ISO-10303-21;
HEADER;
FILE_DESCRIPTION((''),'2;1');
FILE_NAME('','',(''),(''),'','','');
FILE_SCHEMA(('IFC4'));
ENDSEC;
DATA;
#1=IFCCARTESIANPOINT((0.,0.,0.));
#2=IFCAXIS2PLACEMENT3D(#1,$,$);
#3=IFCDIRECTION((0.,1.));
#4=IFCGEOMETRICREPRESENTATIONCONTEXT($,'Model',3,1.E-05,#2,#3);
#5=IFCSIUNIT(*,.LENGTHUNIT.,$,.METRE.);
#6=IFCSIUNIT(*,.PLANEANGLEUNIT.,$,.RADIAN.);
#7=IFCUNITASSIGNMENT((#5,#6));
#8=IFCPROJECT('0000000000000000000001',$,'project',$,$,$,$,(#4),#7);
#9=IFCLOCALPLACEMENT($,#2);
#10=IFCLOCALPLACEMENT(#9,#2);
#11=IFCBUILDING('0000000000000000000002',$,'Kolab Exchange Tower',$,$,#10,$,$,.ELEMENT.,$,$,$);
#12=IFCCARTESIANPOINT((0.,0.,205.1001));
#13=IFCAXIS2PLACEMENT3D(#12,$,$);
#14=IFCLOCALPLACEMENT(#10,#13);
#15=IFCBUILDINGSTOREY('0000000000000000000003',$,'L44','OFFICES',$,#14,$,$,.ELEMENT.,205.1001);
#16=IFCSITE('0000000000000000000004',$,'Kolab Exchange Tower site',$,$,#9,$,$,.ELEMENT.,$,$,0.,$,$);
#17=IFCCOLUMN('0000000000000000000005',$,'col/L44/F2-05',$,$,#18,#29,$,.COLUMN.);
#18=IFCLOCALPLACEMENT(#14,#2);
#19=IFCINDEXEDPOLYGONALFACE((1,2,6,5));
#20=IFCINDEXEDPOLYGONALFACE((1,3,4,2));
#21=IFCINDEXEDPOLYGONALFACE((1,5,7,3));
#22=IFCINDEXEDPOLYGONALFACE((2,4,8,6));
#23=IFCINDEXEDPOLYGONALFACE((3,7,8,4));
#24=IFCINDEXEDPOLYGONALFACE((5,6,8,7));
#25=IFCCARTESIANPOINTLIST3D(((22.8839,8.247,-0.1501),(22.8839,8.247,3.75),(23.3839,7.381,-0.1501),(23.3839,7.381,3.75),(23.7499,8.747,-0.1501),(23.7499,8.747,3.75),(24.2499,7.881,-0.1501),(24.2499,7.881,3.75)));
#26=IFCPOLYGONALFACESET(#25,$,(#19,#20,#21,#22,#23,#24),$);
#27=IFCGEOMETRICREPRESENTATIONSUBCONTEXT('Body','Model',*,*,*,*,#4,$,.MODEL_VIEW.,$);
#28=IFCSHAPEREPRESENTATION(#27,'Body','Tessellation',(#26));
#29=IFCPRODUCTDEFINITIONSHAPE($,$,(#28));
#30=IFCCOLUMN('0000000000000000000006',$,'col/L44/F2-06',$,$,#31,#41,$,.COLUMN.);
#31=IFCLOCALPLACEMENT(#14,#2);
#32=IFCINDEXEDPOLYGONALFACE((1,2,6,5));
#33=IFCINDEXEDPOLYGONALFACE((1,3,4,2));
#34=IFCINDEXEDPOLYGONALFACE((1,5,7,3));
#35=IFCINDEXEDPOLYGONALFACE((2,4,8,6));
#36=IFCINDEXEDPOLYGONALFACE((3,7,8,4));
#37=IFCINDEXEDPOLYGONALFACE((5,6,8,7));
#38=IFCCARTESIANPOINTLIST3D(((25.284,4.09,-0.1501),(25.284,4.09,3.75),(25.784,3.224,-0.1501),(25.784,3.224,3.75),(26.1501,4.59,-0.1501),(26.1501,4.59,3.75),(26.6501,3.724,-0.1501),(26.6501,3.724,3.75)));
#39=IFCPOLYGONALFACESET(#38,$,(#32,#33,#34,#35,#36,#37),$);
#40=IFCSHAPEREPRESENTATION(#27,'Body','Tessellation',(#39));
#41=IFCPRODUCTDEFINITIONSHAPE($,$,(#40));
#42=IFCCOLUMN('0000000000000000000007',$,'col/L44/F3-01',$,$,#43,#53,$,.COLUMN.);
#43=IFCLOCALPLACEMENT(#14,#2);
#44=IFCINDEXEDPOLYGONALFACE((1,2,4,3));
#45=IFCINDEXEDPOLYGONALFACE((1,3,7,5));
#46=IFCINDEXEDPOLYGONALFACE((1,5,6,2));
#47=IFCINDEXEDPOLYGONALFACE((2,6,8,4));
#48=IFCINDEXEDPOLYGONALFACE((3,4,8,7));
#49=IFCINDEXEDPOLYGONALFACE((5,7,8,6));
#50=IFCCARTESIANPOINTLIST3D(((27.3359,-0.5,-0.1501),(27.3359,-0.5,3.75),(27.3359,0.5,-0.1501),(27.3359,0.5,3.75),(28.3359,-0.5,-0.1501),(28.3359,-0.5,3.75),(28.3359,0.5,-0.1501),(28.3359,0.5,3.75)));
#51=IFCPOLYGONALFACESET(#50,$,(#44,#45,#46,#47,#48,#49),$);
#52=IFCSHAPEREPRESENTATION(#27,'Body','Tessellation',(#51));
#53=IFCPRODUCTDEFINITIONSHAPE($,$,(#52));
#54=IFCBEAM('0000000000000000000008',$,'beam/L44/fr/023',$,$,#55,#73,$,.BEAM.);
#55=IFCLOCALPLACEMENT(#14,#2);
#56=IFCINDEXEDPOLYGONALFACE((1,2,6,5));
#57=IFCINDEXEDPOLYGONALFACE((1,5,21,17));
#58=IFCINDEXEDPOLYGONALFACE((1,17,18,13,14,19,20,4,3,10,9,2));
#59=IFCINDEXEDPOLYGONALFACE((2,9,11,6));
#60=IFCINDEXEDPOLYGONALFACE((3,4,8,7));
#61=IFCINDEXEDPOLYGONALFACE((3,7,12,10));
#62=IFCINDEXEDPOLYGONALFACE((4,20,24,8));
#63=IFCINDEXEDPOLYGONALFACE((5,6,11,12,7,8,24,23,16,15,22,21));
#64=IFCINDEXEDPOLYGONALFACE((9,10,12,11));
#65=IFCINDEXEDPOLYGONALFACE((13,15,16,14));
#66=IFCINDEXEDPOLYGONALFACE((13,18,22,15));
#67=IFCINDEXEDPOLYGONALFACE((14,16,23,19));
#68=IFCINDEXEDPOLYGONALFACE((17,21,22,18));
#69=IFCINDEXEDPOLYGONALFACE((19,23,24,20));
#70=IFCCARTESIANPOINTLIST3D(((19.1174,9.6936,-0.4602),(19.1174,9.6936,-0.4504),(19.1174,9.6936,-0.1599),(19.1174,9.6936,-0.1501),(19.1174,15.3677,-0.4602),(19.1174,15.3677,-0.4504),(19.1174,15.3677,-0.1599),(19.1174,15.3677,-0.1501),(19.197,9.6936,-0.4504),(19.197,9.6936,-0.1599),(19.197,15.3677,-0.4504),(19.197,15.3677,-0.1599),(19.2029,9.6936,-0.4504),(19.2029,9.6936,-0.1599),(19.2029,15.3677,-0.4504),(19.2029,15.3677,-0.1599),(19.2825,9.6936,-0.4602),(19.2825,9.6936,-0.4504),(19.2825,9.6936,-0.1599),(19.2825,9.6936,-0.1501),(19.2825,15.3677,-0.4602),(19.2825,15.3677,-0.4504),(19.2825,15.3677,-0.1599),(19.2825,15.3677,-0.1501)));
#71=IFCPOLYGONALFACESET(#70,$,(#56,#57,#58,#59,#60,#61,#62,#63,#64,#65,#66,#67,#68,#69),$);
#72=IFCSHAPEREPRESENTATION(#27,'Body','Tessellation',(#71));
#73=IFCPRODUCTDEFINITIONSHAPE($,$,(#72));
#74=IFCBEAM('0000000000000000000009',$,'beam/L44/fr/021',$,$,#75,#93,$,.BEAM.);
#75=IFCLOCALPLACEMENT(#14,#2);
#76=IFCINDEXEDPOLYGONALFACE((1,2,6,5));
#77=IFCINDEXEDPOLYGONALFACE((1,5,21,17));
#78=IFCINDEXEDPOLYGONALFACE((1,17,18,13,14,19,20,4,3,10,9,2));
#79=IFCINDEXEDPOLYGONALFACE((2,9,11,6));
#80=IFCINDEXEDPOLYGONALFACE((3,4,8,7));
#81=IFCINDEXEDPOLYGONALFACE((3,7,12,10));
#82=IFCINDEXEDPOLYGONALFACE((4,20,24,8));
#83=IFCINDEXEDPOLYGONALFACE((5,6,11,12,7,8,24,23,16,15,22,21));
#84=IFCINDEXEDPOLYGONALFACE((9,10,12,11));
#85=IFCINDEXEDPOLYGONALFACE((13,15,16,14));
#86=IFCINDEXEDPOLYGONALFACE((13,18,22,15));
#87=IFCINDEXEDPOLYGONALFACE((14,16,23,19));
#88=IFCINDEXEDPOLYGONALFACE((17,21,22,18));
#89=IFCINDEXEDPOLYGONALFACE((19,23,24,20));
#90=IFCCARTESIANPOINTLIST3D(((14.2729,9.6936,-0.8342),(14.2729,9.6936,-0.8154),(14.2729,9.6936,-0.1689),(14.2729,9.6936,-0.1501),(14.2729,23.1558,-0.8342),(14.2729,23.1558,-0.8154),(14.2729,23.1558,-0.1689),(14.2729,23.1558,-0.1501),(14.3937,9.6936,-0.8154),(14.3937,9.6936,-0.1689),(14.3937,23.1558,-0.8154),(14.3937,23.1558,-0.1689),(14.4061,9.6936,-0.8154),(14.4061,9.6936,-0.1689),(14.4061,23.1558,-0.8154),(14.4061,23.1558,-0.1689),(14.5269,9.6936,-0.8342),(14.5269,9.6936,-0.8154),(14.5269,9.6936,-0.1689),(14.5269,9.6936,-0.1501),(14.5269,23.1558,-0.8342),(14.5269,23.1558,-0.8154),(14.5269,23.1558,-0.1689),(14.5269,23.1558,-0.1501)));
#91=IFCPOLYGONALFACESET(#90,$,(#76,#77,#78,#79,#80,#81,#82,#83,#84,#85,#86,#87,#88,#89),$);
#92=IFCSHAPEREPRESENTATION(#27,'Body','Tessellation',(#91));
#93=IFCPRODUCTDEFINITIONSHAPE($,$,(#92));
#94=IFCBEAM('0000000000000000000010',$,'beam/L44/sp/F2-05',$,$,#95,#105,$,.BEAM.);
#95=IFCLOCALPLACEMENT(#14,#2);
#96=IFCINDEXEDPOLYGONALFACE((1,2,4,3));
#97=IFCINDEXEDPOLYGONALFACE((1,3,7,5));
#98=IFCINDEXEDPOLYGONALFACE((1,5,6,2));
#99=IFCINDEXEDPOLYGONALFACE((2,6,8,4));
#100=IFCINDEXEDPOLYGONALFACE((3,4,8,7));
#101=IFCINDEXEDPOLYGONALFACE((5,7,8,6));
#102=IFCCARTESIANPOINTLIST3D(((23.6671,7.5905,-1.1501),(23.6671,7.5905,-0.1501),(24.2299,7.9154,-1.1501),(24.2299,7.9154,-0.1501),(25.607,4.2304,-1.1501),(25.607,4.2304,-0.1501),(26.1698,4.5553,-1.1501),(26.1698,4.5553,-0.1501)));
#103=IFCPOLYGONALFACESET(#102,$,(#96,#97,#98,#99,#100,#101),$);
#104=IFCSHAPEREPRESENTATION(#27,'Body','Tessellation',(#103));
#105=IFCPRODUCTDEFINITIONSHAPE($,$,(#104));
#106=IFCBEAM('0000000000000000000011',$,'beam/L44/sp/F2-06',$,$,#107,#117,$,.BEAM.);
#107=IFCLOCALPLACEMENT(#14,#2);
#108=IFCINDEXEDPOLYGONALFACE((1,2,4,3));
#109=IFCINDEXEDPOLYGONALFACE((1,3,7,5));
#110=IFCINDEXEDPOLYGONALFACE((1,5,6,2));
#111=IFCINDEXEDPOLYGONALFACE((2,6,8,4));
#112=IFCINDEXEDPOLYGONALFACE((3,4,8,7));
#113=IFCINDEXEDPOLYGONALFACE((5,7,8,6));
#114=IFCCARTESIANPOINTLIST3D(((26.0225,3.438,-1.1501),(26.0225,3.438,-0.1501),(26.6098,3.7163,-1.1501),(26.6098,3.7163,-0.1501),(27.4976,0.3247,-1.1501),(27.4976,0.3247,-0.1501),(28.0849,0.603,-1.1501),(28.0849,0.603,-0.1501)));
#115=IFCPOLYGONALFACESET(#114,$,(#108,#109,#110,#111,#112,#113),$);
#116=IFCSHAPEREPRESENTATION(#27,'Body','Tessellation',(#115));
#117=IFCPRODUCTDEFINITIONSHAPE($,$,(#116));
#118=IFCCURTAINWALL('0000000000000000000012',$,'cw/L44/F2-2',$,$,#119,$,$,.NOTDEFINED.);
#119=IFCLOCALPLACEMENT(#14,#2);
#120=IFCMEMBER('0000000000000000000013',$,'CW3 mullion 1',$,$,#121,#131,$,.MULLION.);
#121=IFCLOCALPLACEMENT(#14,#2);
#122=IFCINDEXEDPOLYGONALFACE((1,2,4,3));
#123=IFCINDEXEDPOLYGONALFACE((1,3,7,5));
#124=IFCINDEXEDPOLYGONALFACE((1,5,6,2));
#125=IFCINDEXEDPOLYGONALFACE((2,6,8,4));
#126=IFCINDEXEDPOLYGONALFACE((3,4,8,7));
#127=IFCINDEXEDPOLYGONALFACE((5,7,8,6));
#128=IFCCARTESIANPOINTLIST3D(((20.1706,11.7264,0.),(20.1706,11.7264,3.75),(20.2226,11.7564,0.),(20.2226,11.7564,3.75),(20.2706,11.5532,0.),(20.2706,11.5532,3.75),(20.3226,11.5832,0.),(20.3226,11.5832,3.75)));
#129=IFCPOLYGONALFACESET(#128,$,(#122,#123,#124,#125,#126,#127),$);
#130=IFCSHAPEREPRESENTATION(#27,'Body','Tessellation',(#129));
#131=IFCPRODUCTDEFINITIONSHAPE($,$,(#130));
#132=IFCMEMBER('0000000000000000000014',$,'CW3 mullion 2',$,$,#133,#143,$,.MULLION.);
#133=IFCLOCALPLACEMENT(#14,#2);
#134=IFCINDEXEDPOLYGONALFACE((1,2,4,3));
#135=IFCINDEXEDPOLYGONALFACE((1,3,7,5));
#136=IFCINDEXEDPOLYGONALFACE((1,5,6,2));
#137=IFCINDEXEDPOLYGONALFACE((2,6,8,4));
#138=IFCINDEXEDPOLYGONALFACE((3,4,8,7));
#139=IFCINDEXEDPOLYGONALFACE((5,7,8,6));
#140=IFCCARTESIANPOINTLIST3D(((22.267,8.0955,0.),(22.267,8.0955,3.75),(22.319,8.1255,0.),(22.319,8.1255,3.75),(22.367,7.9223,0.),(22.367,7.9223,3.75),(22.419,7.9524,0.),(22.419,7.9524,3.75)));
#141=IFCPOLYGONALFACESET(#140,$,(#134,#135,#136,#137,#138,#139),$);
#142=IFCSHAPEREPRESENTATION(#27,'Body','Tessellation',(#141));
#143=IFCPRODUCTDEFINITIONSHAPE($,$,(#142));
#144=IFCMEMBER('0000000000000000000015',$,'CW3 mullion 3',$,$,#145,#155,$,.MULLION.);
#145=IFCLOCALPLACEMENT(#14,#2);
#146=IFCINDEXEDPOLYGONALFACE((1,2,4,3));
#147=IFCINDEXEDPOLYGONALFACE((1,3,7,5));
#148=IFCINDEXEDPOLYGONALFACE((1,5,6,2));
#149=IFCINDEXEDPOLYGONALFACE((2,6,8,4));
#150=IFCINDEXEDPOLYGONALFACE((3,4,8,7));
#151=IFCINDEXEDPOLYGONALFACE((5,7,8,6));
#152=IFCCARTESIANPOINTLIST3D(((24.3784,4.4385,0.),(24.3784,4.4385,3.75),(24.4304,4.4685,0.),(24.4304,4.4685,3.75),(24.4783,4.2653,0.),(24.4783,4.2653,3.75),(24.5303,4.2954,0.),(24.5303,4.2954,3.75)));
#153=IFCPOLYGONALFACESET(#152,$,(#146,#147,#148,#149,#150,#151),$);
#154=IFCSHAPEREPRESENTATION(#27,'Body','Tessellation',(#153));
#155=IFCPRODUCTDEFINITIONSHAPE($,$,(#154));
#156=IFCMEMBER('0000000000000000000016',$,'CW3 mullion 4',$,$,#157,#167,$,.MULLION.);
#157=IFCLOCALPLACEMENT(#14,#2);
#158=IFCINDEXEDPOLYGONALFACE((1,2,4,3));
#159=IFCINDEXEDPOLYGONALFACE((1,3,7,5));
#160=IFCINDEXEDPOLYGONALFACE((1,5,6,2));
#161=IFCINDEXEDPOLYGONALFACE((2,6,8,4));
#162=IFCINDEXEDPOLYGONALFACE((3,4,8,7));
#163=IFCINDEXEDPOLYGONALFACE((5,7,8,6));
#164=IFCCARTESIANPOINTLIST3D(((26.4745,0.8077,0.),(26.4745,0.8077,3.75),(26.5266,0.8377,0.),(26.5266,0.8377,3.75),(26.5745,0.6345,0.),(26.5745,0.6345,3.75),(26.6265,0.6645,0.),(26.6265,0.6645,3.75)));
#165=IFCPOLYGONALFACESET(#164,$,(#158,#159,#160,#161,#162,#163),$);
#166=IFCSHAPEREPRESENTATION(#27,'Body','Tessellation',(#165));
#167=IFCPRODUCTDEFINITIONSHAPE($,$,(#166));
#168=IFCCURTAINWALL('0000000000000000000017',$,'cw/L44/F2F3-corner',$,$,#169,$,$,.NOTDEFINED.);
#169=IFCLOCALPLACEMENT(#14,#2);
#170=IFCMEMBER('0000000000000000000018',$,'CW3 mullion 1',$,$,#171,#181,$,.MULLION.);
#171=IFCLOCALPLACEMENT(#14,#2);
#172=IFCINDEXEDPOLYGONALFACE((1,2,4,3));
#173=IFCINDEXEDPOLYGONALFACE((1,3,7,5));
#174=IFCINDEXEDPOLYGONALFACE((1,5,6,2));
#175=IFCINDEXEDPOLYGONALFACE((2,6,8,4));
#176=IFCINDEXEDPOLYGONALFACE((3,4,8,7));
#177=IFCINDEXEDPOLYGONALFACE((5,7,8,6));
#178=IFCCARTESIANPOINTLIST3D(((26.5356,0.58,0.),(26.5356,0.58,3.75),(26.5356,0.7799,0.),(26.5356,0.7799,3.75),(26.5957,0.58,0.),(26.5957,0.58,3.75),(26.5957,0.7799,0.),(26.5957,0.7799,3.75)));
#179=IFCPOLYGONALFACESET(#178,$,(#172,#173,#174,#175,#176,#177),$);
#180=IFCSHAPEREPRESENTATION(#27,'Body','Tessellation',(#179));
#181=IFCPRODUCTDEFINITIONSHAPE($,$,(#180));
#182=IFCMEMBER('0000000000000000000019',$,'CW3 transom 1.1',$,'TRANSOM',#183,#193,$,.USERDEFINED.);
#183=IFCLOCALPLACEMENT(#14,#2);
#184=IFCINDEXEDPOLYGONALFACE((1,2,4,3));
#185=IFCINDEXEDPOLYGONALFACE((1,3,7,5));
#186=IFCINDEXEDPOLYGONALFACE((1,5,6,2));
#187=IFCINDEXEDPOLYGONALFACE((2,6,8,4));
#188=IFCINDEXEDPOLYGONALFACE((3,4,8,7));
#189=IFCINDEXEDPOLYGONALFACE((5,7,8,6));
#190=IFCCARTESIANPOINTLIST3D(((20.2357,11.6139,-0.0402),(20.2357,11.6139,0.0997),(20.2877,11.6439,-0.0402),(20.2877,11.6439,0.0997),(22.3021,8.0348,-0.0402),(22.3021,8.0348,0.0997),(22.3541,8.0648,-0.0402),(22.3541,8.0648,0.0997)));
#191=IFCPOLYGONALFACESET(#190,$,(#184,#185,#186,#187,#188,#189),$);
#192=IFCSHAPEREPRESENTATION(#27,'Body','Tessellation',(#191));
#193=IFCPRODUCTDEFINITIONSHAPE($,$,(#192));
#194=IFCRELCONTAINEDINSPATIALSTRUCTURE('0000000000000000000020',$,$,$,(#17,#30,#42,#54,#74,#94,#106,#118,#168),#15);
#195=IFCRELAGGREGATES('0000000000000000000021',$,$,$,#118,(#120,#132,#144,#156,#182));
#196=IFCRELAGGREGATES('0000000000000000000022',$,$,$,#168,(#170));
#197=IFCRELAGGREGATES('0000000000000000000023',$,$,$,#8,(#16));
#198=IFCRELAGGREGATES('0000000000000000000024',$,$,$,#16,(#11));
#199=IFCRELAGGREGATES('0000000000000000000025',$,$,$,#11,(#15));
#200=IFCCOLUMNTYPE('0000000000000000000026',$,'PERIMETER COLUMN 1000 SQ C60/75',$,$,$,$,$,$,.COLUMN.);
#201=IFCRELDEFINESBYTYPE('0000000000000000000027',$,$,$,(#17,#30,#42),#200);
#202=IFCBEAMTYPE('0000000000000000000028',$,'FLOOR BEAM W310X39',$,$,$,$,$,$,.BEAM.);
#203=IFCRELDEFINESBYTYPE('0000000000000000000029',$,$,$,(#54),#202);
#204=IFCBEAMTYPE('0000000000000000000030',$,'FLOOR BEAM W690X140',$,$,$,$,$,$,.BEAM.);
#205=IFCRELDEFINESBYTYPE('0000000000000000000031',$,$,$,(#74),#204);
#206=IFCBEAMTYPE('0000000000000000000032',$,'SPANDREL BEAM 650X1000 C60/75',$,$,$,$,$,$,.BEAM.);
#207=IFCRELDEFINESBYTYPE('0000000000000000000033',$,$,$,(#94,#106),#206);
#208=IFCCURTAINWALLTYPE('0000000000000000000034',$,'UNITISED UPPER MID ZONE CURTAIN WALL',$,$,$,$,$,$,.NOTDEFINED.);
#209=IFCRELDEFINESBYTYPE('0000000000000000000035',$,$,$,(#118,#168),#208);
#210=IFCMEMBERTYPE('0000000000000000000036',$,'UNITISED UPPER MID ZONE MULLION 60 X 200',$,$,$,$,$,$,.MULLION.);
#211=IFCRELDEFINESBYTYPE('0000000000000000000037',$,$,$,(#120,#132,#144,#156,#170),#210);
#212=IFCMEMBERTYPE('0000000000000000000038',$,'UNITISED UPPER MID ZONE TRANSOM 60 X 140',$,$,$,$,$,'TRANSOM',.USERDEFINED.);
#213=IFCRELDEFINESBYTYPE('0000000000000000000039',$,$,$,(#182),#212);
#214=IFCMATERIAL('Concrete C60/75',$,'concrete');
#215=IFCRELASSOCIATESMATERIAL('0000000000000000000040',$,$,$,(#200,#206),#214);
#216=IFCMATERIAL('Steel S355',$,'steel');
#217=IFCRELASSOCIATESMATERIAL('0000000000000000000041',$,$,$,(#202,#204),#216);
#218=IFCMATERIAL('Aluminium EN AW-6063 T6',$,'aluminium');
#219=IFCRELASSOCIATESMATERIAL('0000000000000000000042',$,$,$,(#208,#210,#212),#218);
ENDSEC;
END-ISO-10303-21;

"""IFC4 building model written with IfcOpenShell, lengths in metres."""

from ifc_helpers import new_model, si_unit, direction, frame, origin, origin_2d, place, context, subcontext, project, spatial, rectangle, i_section, extrude, material, material_profile, profile_set, type_object, element, aggregate, save


model = new_model("IFC4")

# Units and contexts
model_context = context("Model", 3, precision=1e-05, world=origin(), true_north=direction((0.0, 1.0)))
body_context = subcontext(model_context, "Body", "Model", "MODEL_VIEW")
ifc_project = project(units=[si_unit("LENGTHUNIT", "METRE"), si_unit("PLANEANGLEUNIT", "RADIAN")], contexts=[model_context])

# Site, building, storey
site_placement = place(None, origin())
site = spatial("IfcSite", under=ifc_project, at=site_placement, Name="Kolab Exchange Tower site", CompositionType="ELEMENT", RefElevation=0.0)
building_placement = place(site_placement, origin())
building = spatial("IfcBuilding", under=site, at=building_placement, Name="Kolab Exchange Tower", CompositionType="ELEMENT")
storey_placement = place(building_placement, frame((0.0, 0.0, 205.1001)))
storey = spatial("IfcBuildingStorey", under=building, at=storey_placement, Name="L44", Description="OFFICES", CompositionType="ELEMENT", Elevation=205.1001)

# Columns
ifc_material_1 = material(Name="Concrete C60/75", Category="concrete")
ifc_material_profile_1 = material_profile(ifc_material_1, rectangle(XDim=1.0, YDim=1.0, at=origin_2d()), Name="RC1000")
ifc_profile_set_1 = profile_set([ifc_material_profile_1], Name="Concrete C60/75")
column_type = type_object("IfcColumnType", Name="PERIMETER COLUMN 1000 SQ C60/75", PredefinedType="COLUMN", material=ifc_profile_set_1)
for number, where, z_axis, x_axis, name in (
    (1, (23.5669, 8.064, -0.1501), (0.0, 0.0, 1.0), (0.866025, 0.5, 0.0), "col/L44/F2-05"),
    (2, (25.967, 3.907, -0.1501), (0.0, 0.0, 1.0), (0.866025, 0.5, 0.0), "col/L44/F2-06"),
    (3, (27.8359, 0.0, -0.1501), (0.0, 0.0, 1.0), (1.0, 0.0, 0.0), "col/L44/F3-01"),
):
    element("IfcColumn", number, at=place(storey_placement, frame(where, z_axis=z_axis, x_axis=x_axis)), inside=storey, type_object=column_type, Name=name, PredefinedType="COLUMN", context=body_context, shape_type="SweptSolid", body=[
        extrude(rectangle(XDim=1.0, YDim=1.0, at=origin_2d()), origin(), (0.0, 0.0, 1.0), 3.9001),
    ])

# Beams
ifc_material_2 = material(Name="Steel S355", Category="steel")
ifc_material_profile_2 = material_profile(ifc_material_2, i_section(OverallWidth=0.165, OverallDepth=0.3101, WebThickness=0.0059, FlangeThickness=0.0098, at=origin_2d()), Name="W310X39")
ifc_profile_set_2 = profile_set([ifc_material_profile_2], Name="Steel S355")
beam_type_1 = type_object("IfcBeamType", Name="FLOOR BEAM W310X39", PredefinedType="BEAM", material=ifc_profile_set_2)
beam_1_placement = place(storey_placement, frame((19.2, 9.6936, -0.3052), z_axis=(0.0, 1.0, 0.0), x_axis=(-1.0, 0.0, 0.0)))
element("IfcBeam", 4, at=beam_1_placement, inside=storey, type_object=beam_type_1, Name="beam/L44/fr/023", PredefinedType="BEAM", context=body_context, shape_type="SweptSolid", body=[
    extrude(i_section(OverallWidth=0.165, OverallDepth=0.3101, WebThickness=0.0059, FlangeThickness=0.0098, at=origin_2d()), origin(), (0.0, 0.0, 1.0), 5.6741),
])
ifc_material_profile_3 = material_profile(ifc_material_2, i_section(OverallWidth=0.2539, OverallDepth=0.6841, WebThickness=0.0125, FlangeThickness=0.0188, at=origin_2d()), Name="W690X140")
ifc_profile_set_3 = profile_set([ifc_material_profile_3], Name="Steel S355")
beam_type_2 = type_object("IfcBeamType", Name="FLOOR BEAM W690X140", PredefinedType="BEAM", material=ifc_profile_set_3)
beam_2_placement = place(storey_placement, frame((14.3999, 9.6936, -0.4922), z_axis=(0.0, 1.0, 0.0), x_axis=(-1.0, 0.0, 0.0)))
element("IfcBeam", 5, at=beam_2_placement, inside=storey, type_object=beam_type_2, Name="beam/L44/fr/021", PredefinedType="BEAM", context=body_context, shape_type="SweptSolid", body=[
    extrude(i_section(OverallWidth=0.2539, OverallDepth=0.6841, WebThickness=0.0125, FlangeThickness=0.0188, at=origin_2d()), origin(), (0.0, 0.0, 1.0), 13.4622),
])
ifc_material_profile_4 = material_profile(ifc_material_1, rectangle(XDim=0.6499, YDim=1.0, at=origin_2d()), Name="RC650X1000")
ifc_profile_set_4 = profile_set([ifc_material_profile_4], Name="Concrete C60/75")
beam_type_3 = type_object("IfcBeamType", Name="SPANDREL BEAM 650X1000 C60/75", PredefinedType="BEAM", material=ifc_profile_set_4)
beam_3_placement = place(storey_placement, frame((23.9485, 7.7529, -0.6501), z_axis=(0.499997, -0.866027, 0.0), x_axis=(0.866027, 0.499997, 0.0)))
element("IfcBeam", 6, at=beam_3_placement, inside=storey, type_object=beam_type_3, Name="beam/L44/sp/F2-05", PredefinedType="BEAM", context=body_context, shape_type="SweptSolid", body=[
    extrude(rectangle(XDim=0.6499, YDim=1.0, at=origin_2d()), origin(), (0.0, 0.0, 1.0), 3.8799),
])
beam_4_placement = place(storey_placement, frame((26.3162, 3.5771, -0.6501), z_axis=(0.428178, -0.903695, 0.0), x_axis=(0.903695, 0.428178, 0.0)))
element("IfcBeam", 7, at=beam_4_placement, inside=storey, type_object=beam_type_3, Name="beam/L44/sp/F2-06", PredefinedType="BEAM", context=body_context, shape_type="SweptSolid", body=[
    extrude(rectangle(XDim=0.6499, YDim=1.0, at=origin_2d()), origin(), (0.0, 0.0, 1.0), 3.4451),
])

# Curtain wall, members
ifc_material_3 = material(Name="Aluminium EN AW-6063 T6", Category="aluminium")
curtain_wall_type = type_object("IfcCurtainWallType", Name="UNITISED UPPER MID ZONE CURTAIN WALL", PredefinedType="NOTDEFINED", material=ifc_material_3)
curtain_wall_1_placement = place(storey_placement, origin())
curtain_wall_1 = element("IfcCurtainWall", 8, at=curtain_wall_1_placement, inside=storey, type_object=curtain_wall_type, Name="cw/L44/F2-2", PredefinedType="NOTDEFINED")
ifc_material_profile_5 = material_profile(ifc_material_3, rectangle(XDim=0.0601, YDim=0.2, at=origin_2d()), Name="RECT 60X200")
ifc_profile_set_5 = profile_set([ifc_material_profile_5], Name="Aluminium EN AW-6063 T6")
member_type_1 = type_object("IfcMemberType", Name="UNITISED UPPER MID ZONE MULLION 60 X 200", PredefinedType="MULLION", material=ifc_profile_set_5)
member_1_placement = place(storey_placement, frame((20.2466, 11.6548, 0.0), z_axis=(0.0, 0.0, 1.0), x_axis=(0.866025, 0.5, 0.0)))
member_1 = element("IfcMember", 9, at=member_1_placement, type_object=member_type_1, Name="CW3 mullion 1", PredefinedType="MULLION", context=body_context, shape_type="SweptSolid", body=[
    extrude(rectangle(XDim=0.0601, YDim=0.2, at=origin_2d()), origin(), (0.0, 0.0, 1.0), 3.75),
])
member_2_placement = place(storey_placement, frame((22.343, 8.0239, 0.0), z_axis=(0.0, 0.0, 1.0), x_axis=(0.866025, 0.5, 0.0)))
member_2 = element("IfcMember", 10, at=member_2_placement, type_object=member_type_1, Name="CW3 mullion 2", PredefinedType="MULLION", context=body_context, shape_type="SweptSolid", body=[
    extrude(rectangle(XDim=0.0601, YDim=0.2, at=origin_2d()), origin(), (0.0, 0.0, 1.0), 3.75),
])
member_3_placement = place(storey_placement, frame((24.4543, 4.3669, 0.0), z_axis=(0.0, 0.0, 1.0), x_axis=(0.866025, 0.5, 0.0)))
member_3 = element("IfcMember", 11, at=member_3_placement, type_object=member_type_1, Name="CW3 mullion 3", PredefinedType="MULLION", context=body_context, shape_type="SweptSolid", body=[
    extrude(rectangle(XDim=0.0601, YDim=0.2, at=origin_2d()), origin(), (0.0, 0.0, 1.0), 3.75),
])
member_4_placement = place(storey_placement, frame((26.5505, 0.7361, 0.0), z_axis=(0.0, 0.0, 1.0), x_axis=(0.866025, 0.5, 0.0)))
member_4 = element("IfcMember", 12, at=member_4_placement, type_object=member_type_1, Name="CW3 mullion 4", PredefinedType="MULLION", context=body_context, shape_type="SweptSolid", body=[
    extrude(rectangle(XDim=0.0601, YDim=0.2, at=origin_2d()), origin(), (0.0, 0.0, 1.0), 3.75),
])

# Curtain wall, member
curtain_wall_2_placement = place(storey_placement, origin())
curtain_wall_2 = element("IfcCurtainWall", 13, at=curtain_wall_2_placement, inside=storey, type_object=curtain_wall_type, Name="cw/L44/F2F3-corner", PredefinedType="NOTDEFINED")
member_5_placement = place(storey_placement, frame((26.5657, 0.6799, 0.0), z_axis=(0.0, 0.0, 1.0), x_axis=(1.0, 0.0, 0.0)))
member_5 = element("IfcMember", 14, at=member_5_placement, type_object=member_type_1, Name="CW3 mullion 1", PredefinedType="MULLION", context=body_context, shape_type="SweptSolid", body=[
    extrude(rectangle(XDim=0.0601, YDim=0.2, at=origin_2d()), origin(), (0.0, 0.0, 1.0), 3.75),
])

# Member
ifc_material_profile_6 = material_profile(ifc_material_3, rectangle(XDim=0.0601, YDim=0.1399, at=origin_2d()), Name="RECT 60X140")
ifc_profile_set_6 = profile_set([ifc_material_profile_6], Name="Aluminium EN AW-6063 T6")
member_type_2 = type_object("IfcMemberType", Name="UNITISED UPPER MID ZONE TRANSOM 60 X 140", ElementType="TRANSOM", PredefinedType="USERDEFINED", material=ifc_profile_set_6)
member_6_placement = place(storey_placement, frame((20.2617, 11.6289, 0.0298), z_axis=(0.500002, -0.866024, 0.0), x_axis=(0.866024, 0.500002, 0.0)))
member_6 = element("IfcMember", 15, at=member_6_placement, type_object=member_type_2, Name="CW3 transom 1.1", ObjectType="TRANSOM", PredefinedType="USERDEFINED", context=body_context, shape_type="SweptSolid", body=[
    extrude(rectangle(XDim=0.0601, YDim=0.1399, at=origin_2d()), origin(), (0.0, 0.0, 1.0), 4.1328),
])

aggregate(curtain_wall_1, [member_1, member_2, member_3, member_4, member_6])
aggregate(curtain_wall_2, [member_5])

save(model, "model.ifc")
